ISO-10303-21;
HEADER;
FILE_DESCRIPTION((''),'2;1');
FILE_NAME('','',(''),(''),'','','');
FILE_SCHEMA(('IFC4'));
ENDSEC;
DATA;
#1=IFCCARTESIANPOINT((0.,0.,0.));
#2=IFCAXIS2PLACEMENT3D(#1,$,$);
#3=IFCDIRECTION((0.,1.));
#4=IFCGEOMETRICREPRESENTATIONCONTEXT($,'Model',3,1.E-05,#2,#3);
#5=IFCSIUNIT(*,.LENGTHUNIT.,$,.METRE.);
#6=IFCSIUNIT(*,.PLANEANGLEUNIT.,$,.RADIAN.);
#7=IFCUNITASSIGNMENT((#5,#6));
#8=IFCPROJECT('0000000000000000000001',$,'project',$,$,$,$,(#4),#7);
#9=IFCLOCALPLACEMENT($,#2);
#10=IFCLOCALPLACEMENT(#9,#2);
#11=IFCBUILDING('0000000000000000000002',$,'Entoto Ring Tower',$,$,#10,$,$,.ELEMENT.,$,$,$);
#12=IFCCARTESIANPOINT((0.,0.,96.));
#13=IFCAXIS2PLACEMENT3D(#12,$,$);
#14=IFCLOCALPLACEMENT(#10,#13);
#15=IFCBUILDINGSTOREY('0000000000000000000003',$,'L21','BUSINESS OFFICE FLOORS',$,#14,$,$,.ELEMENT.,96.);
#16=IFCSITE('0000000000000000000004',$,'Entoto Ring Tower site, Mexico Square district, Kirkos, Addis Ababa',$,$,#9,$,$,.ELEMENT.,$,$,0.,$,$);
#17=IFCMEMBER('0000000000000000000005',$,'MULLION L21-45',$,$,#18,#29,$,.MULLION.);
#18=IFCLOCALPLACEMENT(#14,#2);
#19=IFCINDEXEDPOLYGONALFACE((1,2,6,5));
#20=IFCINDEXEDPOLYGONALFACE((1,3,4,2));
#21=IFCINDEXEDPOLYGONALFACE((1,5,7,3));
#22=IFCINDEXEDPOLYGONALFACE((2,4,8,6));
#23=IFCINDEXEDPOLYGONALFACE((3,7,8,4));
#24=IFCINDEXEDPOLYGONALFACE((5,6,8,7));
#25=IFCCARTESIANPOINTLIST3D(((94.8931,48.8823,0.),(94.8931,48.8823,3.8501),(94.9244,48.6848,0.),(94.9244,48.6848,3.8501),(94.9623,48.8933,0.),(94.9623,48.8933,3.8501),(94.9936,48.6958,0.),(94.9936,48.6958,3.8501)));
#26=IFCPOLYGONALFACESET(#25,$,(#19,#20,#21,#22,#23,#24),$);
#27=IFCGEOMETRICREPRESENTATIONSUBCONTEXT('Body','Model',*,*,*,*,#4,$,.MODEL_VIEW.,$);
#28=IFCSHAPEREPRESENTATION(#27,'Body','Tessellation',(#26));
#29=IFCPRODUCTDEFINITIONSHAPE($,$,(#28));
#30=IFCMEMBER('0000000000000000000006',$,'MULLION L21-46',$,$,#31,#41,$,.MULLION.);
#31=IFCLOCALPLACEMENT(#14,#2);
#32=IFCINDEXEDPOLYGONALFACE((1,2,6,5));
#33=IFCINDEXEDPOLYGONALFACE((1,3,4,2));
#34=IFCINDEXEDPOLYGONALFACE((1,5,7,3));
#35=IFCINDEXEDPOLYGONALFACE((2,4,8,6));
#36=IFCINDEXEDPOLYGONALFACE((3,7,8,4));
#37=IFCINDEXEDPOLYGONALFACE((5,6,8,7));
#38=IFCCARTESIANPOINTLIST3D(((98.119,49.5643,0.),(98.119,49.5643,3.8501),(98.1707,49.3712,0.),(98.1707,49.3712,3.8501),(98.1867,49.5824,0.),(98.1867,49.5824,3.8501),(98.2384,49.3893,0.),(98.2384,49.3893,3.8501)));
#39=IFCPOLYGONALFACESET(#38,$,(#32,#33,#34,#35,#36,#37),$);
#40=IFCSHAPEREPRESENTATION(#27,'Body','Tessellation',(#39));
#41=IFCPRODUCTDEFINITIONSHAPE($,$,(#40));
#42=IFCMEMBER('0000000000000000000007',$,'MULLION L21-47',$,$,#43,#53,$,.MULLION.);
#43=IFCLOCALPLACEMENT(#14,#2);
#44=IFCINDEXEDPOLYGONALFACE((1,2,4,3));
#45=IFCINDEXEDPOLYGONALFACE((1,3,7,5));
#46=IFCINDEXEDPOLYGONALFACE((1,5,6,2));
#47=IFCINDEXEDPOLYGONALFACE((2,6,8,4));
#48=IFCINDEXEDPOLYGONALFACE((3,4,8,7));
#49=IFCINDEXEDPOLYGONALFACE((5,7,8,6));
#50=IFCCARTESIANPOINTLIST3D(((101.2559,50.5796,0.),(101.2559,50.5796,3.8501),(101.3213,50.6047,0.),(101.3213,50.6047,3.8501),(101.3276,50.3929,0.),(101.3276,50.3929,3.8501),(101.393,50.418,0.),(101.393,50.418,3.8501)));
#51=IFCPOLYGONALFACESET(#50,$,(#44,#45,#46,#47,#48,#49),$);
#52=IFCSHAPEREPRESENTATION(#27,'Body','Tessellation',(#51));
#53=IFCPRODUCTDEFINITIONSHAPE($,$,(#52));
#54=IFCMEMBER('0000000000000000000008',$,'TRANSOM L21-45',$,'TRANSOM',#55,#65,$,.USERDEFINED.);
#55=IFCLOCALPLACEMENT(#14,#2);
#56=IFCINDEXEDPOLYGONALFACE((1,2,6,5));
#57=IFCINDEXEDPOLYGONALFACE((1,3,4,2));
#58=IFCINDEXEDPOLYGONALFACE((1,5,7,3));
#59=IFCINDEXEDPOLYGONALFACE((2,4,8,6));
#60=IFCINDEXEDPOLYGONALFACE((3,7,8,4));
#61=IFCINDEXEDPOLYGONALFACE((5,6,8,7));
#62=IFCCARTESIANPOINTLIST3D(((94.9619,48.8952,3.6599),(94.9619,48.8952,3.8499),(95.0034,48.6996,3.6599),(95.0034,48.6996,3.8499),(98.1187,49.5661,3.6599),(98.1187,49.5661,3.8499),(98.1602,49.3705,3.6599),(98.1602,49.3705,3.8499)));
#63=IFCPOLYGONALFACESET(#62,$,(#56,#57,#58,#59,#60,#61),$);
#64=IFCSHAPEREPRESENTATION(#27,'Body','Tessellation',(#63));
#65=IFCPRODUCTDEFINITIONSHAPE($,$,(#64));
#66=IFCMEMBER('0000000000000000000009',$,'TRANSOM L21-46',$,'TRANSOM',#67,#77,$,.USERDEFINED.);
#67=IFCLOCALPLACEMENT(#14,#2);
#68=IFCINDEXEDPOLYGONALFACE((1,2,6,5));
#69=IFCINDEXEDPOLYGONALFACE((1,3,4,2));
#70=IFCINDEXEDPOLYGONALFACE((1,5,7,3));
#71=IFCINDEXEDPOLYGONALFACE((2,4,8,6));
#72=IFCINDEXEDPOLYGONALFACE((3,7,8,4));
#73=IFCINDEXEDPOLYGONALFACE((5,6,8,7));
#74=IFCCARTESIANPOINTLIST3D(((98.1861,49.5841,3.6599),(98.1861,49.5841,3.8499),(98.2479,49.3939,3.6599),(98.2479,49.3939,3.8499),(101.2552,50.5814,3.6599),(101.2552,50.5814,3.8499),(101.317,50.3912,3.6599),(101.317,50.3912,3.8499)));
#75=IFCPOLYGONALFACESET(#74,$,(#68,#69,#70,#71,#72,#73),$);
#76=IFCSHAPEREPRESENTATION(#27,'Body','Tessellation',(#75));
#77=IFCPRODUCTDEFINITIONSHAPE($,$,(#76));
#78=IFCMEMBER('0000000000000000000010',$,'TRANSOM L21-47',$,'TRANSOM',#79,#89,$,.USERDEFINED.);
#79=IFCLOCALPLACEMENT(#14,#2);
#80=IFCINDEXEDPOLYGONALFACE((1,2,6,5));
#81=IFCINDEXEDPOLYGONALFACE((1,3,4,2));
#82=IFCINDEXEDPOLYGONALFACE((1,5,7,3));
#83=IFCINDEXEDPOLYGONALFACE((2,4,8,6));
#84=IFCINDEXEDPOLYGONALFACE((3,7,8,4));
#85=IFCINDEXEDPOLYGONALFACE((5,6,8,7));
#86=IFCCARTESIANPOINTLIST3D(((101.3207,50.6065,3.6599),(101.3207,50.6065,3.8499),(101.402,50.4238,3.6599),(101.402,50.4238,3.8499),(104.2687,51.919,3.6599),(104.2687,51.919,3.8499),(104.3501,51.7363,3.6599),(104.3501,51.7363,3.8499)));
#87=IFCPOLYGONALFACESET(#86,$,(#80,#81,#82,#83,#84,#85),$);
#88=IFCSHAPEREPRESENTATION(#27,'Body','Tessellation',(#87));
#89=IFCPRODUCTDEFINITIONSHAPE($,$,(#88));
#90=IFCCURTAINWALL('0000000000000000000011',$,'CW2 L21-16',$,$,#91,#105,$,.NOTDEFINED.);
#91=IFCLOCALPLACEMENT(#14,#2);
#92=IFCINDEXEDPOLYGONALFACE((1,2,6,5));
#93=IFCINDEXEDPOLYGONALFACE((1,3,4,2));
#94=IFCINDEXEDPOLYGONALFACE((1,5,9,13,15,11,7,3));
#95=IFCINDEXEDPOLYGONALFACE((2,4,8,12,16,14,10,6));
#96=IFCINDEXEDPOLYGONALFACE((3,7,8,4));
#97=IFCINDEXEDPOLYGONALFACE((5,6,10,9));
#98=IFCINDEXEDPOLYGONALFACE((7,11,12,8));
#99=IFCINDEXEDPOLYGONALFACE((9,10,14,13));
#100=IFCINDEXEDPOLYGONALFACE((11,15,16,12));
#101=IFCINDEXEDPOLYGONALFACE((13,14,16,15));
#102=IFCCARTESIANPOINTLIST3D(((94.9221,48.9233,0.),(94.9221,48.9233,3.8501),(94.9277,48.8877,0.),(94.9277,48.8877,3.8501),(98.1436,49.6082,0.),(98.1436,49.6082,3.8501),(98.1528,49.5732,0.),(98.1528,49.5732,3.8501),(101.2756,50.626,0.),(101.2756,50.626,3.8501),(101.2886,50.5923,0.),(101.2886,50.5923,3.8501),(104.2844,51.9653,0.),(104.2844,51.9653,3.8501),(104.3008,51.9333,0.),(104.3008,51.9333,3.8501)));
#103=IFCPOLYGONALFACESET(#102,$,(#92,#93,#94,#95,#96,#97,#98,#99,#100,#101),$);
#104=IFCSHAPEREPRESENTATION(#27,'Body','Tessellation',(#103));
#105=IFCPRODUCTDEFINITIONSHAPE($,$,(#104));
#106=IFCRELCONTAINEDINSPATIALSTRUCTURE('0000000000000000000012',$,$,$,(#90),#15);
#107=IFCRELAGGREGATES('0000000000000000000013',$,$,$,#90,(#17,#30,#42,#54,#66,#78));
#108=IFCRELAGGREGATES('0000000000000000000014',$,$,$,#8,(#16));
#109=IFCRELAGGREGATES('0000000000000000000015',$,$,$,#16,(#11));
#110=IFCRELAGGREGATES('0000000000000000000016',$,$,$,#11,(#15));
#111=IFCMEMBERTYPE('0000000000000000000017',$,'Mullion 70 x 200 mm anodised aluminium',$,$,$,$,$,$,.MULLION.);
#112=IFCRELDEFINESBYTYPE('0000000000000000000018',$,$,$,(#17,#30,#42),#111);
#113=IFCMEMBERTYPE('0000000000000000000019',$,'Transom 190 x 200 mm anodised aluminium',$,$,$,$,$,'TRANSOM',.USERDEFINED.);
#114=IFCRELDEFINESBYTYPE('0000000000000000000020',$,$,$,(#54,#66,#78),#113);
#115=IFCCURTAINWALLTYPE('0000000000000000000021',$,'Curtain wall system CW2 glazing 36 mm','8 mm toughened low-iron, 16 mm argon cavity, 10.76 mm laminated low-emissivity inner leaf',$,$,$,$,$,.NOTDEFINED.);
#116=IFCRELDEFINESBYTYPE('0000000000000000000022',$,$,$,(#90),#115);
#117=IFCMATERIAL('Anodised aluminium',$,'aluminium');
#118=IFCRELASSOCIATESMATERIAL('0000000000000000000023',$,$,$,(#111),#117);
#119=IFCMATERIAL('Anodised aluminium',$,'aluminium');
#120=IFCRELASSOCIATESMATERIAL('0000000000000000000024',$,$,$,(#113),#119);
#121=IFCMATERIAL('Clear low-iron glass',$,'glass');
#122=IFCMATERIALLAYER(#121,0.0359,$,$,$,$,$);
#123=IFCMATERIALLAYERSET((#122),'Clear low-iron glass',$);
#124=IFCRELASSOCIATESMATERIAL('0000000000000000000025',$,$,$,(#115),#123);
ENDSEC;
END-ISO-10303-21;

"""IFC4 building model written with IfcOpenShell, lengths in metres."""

from ifc_helpers import new_model, si_unit, direction, frame, origin, origin_2d, place, context, subcontext, project, spatial, polyline, rectangle, outline, extrude, material, layer, layer_set, material_profile, profile_set, type_object, element, aggregate, save


model = new_model("IFC4")

# Units and contexts
model_context = context("Model", 3, precision=1e-05, world=origin(), true_north=direction((0.0, 1.0)))
body_context = subcontext(model_context, "Body", "Model", "MODEL_VIEW")
ifc_project = project(units=[si_unit("LENGTHUNIT", "METRE"), si_unit("PLANEANGLEUNIT", "RADIAN")], contexts=[model_context])

# Members
ifc_material_1 = material(Name="Anodised aluminium", Category="aluminium")
ifc_material_profile_1 = material_profile(ifc_material_1, rectangle(XDim=0.0701, YDim=0.2, at=origin_2d()), Name="Mullion 70 x 200 mm anodised aluminium")
ifc_profile_set_1 = profile_set([ifc_material_profile_1], Name="Anodised aluminium")
member_type_1 = type_object("IfcMemberType", Name="Mullion 70 x 200 mm anodised aluminium", PredefinedType="MULLION", material=ifc_profile_set_1)
site_placement = place(None, origin())
building_placement = place(site_placement, origin())
storey_placement = place(building_placement, frame((0.0, 0.0, 96.0)))
member_1_placement = place(storey_placement, frame((94.9434, 48.7891, 0.0), z_axis=(0.0, 0.0, 1.0), x_axis=(0.987688, 0.156434, 0.0)))
member_1 = element("IfcMember", 1, at=member_1_placement, type_object=member_type_1, Name="MULLION L21-45", PredefinedType="MULLION", context=body_context, shape_type="SweptSolid", body=[
    extrude(rectangle(XDim=0.0701, YDim=0.2, at=origin_2d()), origin(), (0.0, 0.0, 1.0), 3.8501),
])
member_2_placement = place(storey_placement, frame((98.1787, 49.4768, 0.0), z_axis=(0.0, 0.0, 1.0), x_axis=(0.965926, 0.258819, 0.0)))
member_2 = element("IfcMember", 2, at=member_2_placement, type_object=member_type_1, Name="MULLION L21-46", PredefinedType="MULLION", context=body_context, shape_type="SweptSolid", body=[
    extrude(rectangle(XDim=0.0701, YDim=0.2, at=origin_2d()), origin(), (0.0, 0.0, 1.0), 3.8501),
])
member_3_placement = place(storey_placement, frame((101.3245, 50.4988, 0.0), z_axis=(0.0, 0.0, 1.0), x_axis=(0.93358, 0.358368, 0.0)))
member_3 = element("IfcMember", 3, at=member_3_placement, type_object=member_type_1, Name="MULLION L21-47", PredefinedType="MULLION", context=body_context, shape_type="SweptSolid", body=[
    extrude(rectangle(XDim=0.0701, YDim=0.2, at=origin_2d()), origin(), (0.0, 0.0, 1.0), 3.8501),
])
ifc_material_2 = material(Name="Anodised aluminium", Category="aluminium")
ifc_material_profile_2 = material_profile(ifc_material_2, rectangle(XDim=0.2, YDim=0.1899, at=origin_2d()), Name="Transom 190 x 200 mm anodised aluminium")
ifc_profile_set_2 = profile_set([ifc_material_profile_2], Name="Anodised aluminium")
member_type_2 = type_object("IfcMemberType", Name="Transom 190 x 200 mm anodised aluminium", ElementType="TRANSOM", PredefinedType="USERDEFINED", material=ifc_profile_set_2)
member_4_placement = place(storey_placement, frame((94.9827, 48.7974, 3.7549), z_axis=(0.978153, 0.207886, 0.0), x_axis=(-0.207886, 0.978153, 0.0)))
member_4 = element("IfcMember", 4, at=member_4_placement, type_object=member_type_2, Name="TRANSOM L21-45", ObjectType="TRANSOM", PredefinedType="USERDEFINED", context=body_context, shape_type="SweptSolid", body=[
    extrude(rectangle(XDim=0.2, YDim=0.1899, at=origin_2d()), origin(), (0.0, 0.0, 1.0), 3.2273),
])
member_5_placement = place(storey_placement, frame((98.217, 49.489, 3.7549), z_axis=(0.951047, 0.309047, 0.0), x_axis=(-0.309047, 0.951047, 0.0)))
member_5 = element("IfcMember", 5, at=member_5_placement, type_object=member_type_2, Name="TRANSOM L21-46", ObjectType="TRANSOM", PredefinedType="USERDEFINED", context=body_context, shape_type="SweptSolid", body=[
    extrude(rectangle(XDim=0.2, YDim=0.1899, at=origin_2d()), origin(), (0.0, 0.0, 1.0), 3.2271),
])
member_6_placement = place(storey_placement, frame((101.3613, 50.5151, 3.7549), z_axis=(0.913549, 0.406728, 0.0), x_axis=(-0.406728, 0.913549, 0.0)))
member_6 = element("IfcMember", 6, at=member_6_placement, type_object=member_type_2, Name="TRANSOM L21-47", ObjectType="TRANSOM", PredefinedType="USERDEFINED", context=body_context, shape_type="SweptSolid", body=[
    extrude(rectangle(XDim=0.2, YDim=0.1899, at=origin_2d()), origin(), (0.0, 0.0, 1.0), 3.2271),
])

# Site, building, storey
site = spatial("IfcSite", under=ifc_project, at=site_placement, Name="Entoto Ring Tower site, Mexico Square district, Kirkos, Addis Ababa", CompositionType="ELEMENT", RefElevation=0.0)
building = spatial("IfcBuilding", under=site, at=building_placement, Name="Entoto Ring Tower", CompositionType="ELEMENT")
storey = spatial("IfcBuildingStorey", under=building, at=storey_placement, Name="L21", Description="BUSINESS OFFICE FLOORS", CompositionType="ELEMENT", Elevation=96.0)

# Curtain wall
ifc_material_3 = material(Name="Clear low-iron glass", Category="glass")
ifc_layer_1 = layer(ifc_material_3, 0.0359)
ifc_layer_set_1 = layer_set([ifc_layer_1], Name="Clear low-iron glass")
curtain_wall_type = type_object("IfcCurtainWallType", Name="Curtain wall system CW2 glazing 36 mm", Description="8 mm toughened low-iron, 16 mm argon cavity, 10.76 mm laminated low-emissivity inner leaf", PredefinedType="NOTDEFINED", material=ifc_layer_set_1)
curtain_wall_1_placement = place(storey_placement, origin())
curtain_wall_1 = element("IfcCurtainWall", 7, at=curtain_wall_1_placement, inside=storey, type_object=curtain_wall_type, Name="CW2 L21-16", PredefinedType="NOTDEFINED", context=body_context, shape_type="SweptSolid", body=[
    extrude(outline(polyline([(94.9277, 48.8877), (98.1528, 49.5732), (101.2886, 50.5923), (104.3008, 51.9333), (104.2844, 51.9653), (101.2756, 50.626), (98.1436, 49.6082), (94.9221, 48.9233), (94.9277, 48.8877)])), origin(), (0.0, 0.0, 1.0), 3.8501),
])
aggregate(curtain_wall_1, [member_1, member_2, member_3, member_4, member_5, member_6])

save(model, "model.ifc")
